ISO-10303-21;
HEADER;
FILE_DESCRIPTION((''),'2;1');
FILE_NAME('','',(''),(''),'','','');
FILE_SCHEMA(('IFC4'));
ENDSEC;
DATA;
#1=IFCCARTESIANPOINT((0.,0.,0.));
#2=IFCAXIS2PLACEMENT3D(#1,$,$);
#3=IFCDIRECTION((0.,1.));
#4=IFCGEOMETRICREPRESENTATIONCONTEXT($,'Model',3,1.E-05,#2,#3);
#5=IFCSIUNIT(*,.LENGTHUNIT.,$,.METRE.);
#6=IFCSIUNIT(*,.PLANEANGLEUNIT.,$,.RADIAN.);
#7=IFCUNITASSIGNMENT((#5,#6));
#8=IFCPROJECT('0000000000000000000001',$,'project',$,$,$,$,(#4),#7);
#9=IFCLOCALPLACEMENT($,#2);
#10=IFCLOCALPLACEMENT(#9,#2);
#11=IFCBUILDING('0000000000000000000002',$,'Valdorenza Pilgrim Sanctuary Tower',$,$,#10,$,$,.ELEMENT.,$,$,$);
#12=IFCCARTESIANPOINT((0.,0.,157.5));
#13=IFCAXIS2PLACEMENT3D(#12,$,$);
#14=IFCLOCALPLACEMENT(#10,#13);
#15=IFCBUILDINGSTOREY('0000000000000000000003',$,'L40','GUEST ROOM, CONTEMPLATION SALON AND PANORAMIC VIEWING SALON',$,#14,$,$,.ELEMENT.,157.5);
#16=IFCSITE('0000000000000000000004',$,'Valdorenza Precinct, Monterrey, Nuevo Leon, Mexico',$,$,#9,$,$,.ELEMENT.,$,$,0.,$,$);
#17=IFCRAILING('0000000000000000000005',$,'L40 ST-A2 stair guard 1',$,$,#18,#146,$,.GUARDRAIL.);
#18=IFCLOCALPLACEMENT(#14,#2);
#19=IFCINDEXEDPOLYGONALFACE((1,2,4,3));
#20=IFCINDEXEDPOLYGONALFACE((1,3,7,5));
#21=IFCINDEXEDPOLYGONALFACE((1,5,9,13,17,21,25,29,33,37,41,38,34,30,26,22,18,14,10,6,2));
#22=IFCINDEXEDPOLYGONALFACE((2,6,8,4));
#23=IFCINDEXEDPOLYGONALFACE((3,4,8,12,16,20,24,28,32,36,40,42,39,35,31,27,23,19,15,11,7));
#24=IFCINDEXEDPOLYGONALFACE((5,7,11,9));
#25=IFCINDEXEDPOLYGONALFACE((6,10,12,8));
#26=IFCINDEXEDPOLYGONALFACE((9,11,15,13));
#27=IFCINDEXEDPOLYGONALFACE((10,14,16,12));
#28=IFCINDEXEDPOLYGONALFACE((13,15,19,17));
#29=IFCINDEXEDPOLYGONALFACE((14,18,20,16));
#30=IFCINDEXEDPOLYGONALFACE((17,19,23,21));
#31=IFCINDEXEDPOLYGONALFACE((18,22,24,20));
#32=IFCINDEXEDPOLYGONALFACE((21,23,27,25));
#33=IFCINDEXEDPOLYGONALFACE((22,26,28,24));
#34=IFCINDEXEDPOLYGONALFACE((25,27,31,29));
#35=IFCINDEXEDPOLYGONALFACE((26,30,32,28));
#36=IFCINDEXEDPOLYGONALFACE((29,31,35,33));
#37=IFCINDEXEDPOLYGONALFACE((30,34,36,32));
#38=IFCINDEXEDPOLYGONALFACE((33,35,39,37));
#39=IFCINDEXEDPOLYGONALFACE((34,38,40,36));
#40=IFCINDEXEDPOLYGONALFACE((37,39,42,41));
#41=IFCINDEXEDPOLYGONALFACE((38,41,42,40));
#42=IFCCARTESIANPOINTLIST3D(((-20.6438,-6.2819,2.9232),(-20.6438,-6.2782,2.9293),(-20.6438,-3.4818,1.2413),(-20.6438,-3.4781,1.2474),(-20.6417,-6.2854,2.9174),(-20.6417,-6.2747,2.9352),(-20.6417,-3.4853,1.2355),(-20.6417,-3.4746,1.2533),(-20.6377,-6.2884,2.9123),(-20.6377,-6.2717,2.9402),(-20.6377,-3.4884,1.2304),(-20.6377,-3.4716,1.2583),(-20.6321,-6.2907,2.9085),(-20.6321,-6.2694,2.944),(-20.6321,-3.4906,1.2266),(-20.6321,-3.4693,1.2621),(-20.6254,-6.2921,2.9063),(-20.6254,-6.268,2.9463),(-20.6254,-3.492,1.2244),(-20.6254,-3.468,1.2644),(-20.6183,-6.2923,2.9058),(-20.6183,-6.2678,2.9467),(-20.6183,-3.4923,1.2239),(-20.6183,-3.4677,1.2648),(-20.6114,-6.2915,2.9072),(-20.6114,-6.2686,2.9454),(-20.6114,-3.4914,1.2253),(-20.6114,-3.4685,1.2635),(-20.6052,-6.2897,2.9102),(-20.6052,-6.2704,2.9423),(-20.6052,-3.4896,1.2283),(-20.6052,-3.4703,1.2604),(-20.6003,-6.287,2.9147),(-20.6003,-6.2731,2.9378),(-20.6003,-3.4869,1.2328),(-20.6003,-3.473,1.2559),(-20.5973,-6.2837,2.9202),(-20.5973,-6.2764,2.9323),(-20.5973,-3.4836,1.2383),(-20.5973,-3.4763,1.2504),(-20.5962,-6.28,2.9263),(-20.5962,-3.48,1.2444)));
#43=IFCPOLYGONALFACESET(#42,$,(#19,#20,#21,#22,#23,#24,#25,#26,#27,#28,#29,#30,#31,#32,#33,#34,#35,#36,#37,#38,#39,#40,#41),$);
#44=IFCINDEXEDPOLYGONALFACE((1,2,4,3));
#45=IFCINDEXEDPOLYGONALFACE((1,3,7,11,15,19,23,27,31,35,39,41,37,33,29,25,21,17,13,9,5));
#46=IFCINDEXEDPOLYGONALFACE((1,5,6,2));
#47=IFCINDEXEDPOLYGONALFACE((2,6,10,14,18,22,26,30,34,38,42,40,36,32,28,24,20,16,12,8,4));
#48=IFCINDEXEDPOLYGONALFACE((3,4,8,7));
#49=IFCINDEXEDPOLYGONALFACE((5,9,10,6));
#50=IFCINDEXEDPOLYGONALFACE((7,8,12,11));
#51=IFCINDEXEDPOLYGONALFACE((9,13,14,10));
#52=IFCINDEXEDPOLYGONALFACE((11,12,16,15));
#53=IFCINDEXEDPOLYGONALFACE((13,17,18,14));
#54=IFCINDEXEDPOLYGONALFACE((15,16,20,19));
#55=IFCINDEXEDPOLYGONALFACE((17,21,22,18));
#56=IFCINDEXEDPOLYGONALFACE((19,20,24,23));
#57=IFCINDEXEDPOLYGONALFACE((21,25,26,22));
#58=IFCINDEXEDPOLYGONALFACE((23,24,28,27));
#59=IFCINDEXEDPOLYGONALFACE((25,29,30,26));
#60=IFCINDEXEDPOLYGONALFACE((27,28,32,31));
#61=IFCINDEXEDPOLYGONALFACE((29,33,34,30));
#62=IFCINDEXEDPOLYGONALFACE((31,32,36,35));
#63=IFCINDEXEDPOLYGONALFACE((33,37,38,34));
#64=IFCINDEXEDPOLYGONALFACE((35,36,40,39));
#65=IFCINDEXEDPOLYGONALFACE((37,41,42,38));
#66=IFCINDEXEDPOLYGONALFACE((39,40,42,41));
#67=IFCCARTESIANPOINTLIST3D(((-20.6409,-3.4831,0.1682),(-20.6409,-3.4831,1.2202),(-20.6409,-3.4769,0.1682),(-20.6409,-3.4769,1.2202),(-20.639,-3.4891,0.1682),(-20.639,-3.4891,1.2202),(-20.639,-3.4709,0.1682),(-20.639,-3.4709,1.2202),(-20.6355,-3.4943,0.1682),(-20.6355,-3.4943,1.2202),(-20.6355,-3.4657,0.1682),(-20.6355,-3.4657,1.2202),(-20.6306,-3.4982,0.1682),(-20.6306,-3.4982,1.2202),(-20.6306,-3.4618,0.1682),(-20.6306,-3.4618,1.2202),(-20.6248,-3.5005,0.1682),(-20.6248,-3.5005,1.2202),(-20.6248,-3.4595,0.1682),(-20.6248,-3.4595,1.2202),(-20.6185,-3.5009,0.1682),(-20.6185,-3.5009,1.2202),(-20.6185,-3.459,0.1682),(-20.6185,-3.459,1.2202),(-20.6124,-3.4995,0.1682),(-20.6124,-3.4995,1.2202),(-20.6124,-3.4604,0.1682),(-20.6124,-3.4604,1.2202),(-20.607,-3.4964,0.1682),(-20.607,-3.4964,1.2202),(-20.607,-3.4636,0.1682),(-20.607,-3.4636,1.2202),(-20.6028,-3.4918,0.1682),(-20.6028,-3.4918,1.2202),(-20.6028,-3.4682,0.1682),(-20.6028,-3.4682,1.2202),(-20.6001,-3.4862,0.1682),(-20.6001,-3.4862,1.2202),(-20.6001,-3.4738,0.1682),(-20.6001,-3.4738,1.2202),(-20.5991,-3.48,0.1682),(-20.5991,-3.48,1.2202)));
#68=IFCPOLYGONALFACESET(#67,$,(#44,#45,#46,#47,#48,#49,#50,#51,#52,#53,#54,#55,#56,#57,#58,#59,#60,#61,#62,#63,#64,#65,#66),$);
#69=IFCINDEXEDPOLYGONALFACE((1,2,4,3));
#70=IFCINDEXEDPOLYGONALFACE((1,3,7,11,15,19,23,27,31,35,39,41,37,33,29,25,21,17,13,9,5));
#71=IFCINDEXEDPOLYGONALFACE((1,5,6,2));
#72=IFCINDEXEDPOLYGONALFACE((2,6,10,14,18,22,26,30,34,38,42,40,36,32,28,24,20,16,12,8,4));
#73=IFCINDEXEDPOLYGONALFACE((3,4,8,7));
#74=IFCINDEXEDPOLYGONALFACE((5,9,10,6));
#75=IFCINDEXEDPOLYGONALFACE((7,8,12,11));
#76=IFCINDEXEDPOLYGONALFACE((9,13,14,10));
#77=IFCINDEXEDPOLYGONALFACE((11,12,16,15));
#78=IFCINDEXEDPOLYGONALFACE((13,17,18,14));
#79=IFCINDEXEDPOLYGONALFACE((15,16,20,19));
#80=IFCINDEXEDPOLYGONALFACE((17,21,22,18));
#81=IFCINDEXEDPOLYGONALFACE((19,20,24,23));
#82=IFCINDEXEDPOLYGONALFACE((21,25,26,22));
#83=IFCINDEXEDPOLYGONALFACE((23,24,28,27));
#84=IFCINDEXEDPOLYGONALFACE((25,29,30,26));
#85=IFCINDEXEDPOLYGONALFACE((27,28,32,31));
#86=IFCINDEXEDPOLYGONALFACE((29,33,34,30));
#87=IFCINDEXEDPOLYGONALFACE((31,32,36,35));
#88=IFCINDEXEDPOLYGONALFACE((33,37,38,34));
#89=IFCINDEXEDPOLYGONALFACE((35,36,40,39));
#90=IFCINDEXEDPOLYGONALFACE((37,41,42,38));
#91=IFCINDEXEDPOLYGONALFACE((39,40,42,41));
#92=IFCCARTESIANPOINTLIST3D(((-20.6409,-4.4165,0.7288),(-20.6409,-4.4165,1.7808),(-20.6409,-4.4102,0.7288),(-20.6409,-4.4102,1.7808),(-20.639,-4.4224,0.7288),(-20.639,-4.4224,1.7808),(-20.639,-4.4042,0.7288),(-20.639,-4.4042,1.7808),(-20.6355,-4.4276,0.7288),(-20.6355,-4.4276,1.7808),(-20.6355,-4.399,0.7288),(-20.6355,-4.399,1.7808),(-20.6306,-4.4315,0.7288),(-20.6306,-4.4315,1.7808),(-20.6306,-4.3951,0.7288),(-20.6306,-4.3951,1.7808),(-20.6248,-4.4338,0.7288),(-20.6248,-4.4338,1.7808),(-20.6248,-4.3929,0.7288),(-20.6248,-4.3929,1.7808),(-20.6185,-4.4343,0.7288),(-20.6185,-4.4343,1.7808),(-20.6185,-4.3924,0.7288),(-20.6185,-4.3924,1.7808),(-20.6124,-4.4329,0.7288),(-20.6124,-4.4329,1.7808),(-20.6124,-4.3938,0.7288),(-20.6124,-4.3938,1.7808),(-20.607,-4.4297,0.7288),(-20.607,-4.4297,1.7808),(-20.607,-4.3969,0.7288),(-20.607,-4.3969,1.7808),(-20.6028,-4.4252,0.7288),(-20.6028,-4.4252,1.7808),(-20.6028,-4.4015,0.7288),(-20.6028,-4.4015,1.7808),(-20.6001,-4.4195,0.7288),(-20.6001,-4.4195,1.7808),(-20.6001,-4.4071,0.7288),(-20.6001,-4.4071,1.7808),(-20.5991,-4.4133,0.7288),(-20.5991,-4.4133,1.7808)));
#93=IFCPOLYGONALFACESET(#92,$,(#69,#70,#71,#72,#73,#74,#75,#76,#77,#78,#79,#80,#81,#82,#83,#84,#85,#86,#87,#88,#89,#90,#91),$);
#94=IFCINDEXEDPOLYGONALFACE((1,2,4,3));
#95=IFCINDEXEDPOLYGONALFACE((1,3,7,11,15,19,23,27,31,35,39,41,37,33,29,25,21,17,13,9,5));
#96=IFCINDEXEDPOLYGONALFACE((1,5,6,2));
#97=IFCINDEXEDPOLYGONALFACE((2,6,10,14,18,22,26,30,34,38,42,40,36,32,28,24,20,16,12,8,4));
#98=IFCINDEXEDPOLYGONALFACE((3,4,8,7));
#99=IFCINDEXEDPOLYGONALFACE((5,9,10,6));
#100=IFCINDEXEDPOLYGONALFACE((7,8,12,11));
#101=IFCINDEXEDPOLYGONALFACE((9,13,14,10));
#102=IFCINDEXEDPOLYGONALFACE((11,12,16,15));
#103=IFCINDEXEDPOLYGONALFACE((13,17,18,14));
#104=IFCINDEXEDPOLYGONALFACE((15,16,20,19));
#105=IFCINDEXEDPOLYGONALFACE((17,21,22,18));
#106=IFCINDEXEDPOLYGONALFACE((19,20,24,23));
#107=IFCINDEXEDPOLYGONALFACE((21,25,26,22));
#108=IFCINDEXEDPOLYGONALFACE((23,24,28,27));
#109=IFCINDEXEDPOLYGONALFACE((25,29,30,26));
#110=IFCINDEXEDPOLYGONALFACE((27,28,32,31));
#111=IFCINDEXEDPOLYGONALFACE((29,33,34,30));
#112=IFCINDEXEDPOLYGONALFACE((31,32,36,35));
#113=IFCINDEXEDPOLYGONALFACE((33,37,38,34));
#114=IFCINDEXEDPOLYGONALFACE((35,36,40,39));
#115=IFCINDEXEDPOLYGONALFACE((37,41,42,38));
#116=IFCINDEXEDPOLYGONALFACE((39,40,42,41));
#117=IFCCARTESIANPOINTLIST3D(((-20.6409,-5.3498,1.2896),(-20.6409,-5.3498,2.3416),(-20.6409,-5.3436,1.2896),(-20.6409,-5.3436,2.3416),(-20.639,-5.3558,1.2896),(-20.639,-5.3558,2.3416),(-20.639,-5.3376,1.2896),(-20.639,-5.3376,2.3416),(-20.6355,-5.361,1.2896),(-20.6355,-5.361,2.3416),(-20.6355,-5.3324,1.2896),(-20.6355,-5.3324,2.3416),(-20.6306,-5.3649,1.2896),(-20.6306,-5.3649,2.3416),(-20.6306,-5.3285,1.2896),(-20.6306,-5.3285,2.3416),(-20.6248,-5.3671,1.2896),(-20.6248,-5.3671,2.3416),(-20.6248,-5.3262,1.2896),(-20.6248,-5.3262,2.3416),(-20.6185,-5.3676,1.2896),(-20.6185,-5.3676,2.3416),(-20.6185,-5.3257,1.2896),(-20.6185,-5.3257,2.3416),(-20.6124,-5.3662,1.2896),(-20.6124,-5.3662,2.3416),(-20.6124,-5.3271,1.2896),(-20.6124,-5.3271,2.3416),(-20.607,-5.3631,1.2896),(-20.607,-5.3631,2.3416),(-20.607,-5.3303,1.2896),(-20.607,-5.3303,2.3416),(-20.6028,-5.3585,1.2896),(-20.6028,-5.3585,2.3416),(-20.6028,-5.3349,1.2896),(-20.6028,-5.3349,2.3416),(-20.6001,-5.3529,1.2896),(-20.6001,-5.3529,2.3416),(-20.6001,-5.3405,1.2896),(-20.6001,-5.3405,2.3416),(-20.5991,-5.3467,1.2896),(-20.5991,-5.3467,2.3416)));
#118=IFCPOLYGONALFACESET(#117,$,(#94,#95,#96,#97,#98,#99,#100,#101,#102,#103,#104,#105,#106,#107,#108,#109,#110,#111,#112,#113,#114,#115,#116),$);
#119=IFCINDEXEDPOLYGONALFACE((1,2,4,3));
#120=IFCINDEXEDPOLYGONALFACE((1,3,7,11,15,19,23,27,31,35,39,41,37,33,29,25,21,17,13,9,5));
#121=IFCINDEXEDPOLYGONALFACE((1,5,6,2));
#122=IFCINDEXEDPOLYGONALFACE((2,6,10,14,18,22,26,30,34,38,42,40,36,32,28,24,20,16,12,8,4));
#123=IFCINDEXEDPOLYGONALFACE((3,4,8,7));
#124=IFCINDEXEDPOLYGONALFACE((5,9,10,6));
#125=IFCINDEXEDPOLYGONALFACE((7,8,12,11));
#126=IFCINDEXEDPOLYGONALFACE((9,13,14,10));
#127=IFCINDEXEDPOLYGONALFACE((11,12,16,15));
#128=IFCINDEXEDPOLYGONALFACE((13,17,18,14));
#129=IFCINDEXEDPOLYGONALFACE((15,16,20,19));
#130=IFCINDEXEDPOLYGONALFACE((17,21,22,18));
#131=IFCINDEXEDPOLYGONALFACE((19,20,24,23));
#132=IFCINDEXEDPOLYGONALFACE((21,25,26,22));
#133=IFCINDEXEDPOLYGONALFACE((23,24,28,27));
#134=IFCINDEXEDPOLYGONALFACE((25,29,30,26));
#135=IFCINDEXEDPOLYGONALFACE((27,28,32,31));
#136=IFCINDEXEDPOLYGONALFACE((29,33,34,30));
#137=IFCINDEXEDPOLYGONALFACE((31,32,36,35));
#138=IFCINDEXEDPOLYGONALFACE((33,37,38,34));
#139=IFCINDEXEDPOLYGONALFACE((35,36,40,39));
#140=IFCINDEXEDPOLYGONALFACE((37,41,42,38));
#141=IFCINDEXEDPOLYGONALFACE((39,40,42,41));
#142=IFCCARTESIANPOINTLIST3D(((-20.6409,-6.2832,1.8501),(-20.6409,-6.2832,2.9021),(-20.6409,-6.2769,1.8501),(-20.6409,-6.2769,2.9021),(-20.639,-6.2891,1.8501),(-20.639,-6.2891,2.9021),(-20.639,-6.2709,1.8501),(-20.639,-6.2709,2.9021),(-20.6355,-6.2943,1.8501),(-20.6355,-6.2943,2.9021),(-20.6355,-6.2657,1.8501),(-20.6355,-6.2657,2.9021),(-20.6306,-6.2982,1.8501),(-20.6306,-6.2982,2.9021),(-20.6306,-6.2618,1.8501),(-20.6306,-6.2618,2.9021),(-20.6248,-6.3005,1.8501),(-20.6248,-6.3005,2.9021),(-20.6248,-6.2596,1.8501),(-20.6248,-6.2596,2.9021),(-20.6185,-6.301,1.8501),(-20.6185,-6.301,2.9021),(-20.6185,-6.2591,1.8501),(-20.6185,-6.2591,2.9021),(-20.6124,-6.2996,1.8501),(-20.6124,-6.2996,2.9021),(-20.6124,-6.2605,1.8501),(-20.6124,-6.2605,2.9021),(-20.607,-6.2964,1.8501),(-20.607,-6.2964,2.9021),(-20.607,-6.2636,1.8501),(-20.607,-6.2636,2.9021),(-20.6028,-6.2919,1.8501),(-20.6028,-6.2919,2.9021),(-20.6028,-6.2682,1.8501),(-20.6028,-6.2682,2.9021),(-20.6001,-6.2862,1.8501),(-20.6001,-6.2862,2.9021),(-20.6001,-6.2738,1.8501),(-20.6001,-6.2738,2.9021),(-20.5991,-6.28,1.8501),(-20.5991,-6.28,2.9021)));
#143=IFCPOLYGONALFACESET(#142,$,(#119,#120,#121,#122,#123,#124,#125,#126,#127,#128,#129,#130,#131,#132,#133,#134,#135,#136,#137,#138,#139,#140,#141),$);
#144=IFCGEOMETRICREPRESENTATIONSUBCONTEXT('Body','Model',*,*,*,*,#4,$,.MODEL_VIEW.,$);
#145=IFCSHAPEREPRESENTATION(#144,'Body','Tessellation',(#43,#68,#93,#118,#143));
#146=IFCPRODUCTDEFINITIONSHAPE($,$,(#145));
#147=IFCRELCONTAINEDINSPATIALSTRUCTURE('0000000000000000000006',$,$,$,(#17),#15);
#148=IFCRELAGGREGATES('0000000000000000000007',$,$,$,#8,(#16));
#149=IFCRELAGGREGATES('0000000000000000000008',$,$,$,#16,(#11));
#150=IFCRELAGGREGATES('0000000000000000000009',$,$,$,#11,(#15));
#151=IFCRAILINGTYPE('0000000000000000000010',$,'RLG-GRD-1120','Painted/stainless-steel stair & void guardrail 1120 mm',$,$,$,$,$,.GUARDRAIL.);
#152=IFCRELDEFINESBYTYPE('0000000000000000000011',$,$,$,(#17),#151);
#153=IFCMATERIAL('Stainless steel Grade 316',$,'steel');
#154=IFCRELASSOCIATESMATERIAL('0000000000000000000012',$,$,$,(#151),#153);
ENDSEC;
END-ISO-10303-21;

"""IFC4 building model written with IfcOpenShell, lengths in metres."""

from ifc_helpers import new_model, si_unit, direction, frame, origin, origin_2d, place, context, subcontext, project, spatial, circle, extrude, material, type_object, element, save


model = new_model("IFC4")

# Units and contexts
model_context = context("Model", 3, precision=1e-05, world=origin(), true_north=direction((0.0, 1.0)))
body_context = subcontext(model_context, "Body", "Model", "MODEL_VIEW")
ifc_project = project(units=[si_unit("LENGTHUNIT", "METRE"), si_unit("PLANEANGLEUNIT", "RADIAN")], contexts=[model_context])

# Site, building, storey
site_placement = place(None, origin())
site = spatial("IfcSite", under=ifc_project, at=site_placement, Name="Valdorenza Precinct, Monterrey, Nuevo Leon, Mexico", CompositionType="ELEMENT", RefElevation=0.0)
building_placement = place(site_placement, origin())
building = spatial("IfcBuilding", under=site, at=building_placement, Name="Valdorenza Pilgrim Sanctuary Tower", CompositionType="ELEMENT")
storey_placement = place(building_placement, frame((0.0, 0.0, 157.5)))
storey = spatial("IfcBuildingStorey", under=building, at=storey_placement, Name="L40", Description="GUEST ROOM, CONTEMPLATION SALON AND PANORAMIC VIEWING SALON", CompositionType="ELEMENT", Elevation=157.5)

# Railing
ifc_material_1 = material(Name="Stainless steel Grade 316", Category="steel")
railing_type_1 = type_object("IfcRailingType", Name="RLG-GRD-1120", Description="Painted/stainless-steel stair & void guardrail 1120 mm", PredefinedType="GUARDRAIL", material=ifc_material_1)
railing_1_placement = place(storey_placement, frame((-20.6201, -3.48, 0.1682)))
element("IfcRailing", 1, at=railing_1_placement, inside=storey, type_object=railing_type_1, Name="L40 ST-A2 stair guard 1", PredefinedType="GUARDRAIL", context=body_context, shape_type="SweptSolid", body=[
    extrude(circle(Radius=0.0239, at=origin_2d()), frame((0.0, 0.0, 1.0762), z_axis=(0.0, -0.857242, 0.514913), x_axis=(1.0, 0.0, 0.0)), (0.0, 0.0, 1.0), 3.2664),
    extrude(circle(Radius=0.021, at=origin_2d()), origin(), (0.0, 0.0, 1.0), 1.052),
    extrude(circle(Radius=0.021, at=origin_2d()), frame((0.0, -0.9333, 0.5605)), (0.0, 0.0, 1.0), 1.052),
    extrude(circle(Radius=0.021, at=origin_2d()), frame((0.0, -1.8667, 1.1213)), (0.0, 0.0, 1.0), 1.052),
    extrude(circle(Radius=0.021, at=origin_2d()), frame((0.0, -2.8, 1.6819)), (0.0, 0.0, 1.0), 1.052),
])

save(model, "model.ifc")
